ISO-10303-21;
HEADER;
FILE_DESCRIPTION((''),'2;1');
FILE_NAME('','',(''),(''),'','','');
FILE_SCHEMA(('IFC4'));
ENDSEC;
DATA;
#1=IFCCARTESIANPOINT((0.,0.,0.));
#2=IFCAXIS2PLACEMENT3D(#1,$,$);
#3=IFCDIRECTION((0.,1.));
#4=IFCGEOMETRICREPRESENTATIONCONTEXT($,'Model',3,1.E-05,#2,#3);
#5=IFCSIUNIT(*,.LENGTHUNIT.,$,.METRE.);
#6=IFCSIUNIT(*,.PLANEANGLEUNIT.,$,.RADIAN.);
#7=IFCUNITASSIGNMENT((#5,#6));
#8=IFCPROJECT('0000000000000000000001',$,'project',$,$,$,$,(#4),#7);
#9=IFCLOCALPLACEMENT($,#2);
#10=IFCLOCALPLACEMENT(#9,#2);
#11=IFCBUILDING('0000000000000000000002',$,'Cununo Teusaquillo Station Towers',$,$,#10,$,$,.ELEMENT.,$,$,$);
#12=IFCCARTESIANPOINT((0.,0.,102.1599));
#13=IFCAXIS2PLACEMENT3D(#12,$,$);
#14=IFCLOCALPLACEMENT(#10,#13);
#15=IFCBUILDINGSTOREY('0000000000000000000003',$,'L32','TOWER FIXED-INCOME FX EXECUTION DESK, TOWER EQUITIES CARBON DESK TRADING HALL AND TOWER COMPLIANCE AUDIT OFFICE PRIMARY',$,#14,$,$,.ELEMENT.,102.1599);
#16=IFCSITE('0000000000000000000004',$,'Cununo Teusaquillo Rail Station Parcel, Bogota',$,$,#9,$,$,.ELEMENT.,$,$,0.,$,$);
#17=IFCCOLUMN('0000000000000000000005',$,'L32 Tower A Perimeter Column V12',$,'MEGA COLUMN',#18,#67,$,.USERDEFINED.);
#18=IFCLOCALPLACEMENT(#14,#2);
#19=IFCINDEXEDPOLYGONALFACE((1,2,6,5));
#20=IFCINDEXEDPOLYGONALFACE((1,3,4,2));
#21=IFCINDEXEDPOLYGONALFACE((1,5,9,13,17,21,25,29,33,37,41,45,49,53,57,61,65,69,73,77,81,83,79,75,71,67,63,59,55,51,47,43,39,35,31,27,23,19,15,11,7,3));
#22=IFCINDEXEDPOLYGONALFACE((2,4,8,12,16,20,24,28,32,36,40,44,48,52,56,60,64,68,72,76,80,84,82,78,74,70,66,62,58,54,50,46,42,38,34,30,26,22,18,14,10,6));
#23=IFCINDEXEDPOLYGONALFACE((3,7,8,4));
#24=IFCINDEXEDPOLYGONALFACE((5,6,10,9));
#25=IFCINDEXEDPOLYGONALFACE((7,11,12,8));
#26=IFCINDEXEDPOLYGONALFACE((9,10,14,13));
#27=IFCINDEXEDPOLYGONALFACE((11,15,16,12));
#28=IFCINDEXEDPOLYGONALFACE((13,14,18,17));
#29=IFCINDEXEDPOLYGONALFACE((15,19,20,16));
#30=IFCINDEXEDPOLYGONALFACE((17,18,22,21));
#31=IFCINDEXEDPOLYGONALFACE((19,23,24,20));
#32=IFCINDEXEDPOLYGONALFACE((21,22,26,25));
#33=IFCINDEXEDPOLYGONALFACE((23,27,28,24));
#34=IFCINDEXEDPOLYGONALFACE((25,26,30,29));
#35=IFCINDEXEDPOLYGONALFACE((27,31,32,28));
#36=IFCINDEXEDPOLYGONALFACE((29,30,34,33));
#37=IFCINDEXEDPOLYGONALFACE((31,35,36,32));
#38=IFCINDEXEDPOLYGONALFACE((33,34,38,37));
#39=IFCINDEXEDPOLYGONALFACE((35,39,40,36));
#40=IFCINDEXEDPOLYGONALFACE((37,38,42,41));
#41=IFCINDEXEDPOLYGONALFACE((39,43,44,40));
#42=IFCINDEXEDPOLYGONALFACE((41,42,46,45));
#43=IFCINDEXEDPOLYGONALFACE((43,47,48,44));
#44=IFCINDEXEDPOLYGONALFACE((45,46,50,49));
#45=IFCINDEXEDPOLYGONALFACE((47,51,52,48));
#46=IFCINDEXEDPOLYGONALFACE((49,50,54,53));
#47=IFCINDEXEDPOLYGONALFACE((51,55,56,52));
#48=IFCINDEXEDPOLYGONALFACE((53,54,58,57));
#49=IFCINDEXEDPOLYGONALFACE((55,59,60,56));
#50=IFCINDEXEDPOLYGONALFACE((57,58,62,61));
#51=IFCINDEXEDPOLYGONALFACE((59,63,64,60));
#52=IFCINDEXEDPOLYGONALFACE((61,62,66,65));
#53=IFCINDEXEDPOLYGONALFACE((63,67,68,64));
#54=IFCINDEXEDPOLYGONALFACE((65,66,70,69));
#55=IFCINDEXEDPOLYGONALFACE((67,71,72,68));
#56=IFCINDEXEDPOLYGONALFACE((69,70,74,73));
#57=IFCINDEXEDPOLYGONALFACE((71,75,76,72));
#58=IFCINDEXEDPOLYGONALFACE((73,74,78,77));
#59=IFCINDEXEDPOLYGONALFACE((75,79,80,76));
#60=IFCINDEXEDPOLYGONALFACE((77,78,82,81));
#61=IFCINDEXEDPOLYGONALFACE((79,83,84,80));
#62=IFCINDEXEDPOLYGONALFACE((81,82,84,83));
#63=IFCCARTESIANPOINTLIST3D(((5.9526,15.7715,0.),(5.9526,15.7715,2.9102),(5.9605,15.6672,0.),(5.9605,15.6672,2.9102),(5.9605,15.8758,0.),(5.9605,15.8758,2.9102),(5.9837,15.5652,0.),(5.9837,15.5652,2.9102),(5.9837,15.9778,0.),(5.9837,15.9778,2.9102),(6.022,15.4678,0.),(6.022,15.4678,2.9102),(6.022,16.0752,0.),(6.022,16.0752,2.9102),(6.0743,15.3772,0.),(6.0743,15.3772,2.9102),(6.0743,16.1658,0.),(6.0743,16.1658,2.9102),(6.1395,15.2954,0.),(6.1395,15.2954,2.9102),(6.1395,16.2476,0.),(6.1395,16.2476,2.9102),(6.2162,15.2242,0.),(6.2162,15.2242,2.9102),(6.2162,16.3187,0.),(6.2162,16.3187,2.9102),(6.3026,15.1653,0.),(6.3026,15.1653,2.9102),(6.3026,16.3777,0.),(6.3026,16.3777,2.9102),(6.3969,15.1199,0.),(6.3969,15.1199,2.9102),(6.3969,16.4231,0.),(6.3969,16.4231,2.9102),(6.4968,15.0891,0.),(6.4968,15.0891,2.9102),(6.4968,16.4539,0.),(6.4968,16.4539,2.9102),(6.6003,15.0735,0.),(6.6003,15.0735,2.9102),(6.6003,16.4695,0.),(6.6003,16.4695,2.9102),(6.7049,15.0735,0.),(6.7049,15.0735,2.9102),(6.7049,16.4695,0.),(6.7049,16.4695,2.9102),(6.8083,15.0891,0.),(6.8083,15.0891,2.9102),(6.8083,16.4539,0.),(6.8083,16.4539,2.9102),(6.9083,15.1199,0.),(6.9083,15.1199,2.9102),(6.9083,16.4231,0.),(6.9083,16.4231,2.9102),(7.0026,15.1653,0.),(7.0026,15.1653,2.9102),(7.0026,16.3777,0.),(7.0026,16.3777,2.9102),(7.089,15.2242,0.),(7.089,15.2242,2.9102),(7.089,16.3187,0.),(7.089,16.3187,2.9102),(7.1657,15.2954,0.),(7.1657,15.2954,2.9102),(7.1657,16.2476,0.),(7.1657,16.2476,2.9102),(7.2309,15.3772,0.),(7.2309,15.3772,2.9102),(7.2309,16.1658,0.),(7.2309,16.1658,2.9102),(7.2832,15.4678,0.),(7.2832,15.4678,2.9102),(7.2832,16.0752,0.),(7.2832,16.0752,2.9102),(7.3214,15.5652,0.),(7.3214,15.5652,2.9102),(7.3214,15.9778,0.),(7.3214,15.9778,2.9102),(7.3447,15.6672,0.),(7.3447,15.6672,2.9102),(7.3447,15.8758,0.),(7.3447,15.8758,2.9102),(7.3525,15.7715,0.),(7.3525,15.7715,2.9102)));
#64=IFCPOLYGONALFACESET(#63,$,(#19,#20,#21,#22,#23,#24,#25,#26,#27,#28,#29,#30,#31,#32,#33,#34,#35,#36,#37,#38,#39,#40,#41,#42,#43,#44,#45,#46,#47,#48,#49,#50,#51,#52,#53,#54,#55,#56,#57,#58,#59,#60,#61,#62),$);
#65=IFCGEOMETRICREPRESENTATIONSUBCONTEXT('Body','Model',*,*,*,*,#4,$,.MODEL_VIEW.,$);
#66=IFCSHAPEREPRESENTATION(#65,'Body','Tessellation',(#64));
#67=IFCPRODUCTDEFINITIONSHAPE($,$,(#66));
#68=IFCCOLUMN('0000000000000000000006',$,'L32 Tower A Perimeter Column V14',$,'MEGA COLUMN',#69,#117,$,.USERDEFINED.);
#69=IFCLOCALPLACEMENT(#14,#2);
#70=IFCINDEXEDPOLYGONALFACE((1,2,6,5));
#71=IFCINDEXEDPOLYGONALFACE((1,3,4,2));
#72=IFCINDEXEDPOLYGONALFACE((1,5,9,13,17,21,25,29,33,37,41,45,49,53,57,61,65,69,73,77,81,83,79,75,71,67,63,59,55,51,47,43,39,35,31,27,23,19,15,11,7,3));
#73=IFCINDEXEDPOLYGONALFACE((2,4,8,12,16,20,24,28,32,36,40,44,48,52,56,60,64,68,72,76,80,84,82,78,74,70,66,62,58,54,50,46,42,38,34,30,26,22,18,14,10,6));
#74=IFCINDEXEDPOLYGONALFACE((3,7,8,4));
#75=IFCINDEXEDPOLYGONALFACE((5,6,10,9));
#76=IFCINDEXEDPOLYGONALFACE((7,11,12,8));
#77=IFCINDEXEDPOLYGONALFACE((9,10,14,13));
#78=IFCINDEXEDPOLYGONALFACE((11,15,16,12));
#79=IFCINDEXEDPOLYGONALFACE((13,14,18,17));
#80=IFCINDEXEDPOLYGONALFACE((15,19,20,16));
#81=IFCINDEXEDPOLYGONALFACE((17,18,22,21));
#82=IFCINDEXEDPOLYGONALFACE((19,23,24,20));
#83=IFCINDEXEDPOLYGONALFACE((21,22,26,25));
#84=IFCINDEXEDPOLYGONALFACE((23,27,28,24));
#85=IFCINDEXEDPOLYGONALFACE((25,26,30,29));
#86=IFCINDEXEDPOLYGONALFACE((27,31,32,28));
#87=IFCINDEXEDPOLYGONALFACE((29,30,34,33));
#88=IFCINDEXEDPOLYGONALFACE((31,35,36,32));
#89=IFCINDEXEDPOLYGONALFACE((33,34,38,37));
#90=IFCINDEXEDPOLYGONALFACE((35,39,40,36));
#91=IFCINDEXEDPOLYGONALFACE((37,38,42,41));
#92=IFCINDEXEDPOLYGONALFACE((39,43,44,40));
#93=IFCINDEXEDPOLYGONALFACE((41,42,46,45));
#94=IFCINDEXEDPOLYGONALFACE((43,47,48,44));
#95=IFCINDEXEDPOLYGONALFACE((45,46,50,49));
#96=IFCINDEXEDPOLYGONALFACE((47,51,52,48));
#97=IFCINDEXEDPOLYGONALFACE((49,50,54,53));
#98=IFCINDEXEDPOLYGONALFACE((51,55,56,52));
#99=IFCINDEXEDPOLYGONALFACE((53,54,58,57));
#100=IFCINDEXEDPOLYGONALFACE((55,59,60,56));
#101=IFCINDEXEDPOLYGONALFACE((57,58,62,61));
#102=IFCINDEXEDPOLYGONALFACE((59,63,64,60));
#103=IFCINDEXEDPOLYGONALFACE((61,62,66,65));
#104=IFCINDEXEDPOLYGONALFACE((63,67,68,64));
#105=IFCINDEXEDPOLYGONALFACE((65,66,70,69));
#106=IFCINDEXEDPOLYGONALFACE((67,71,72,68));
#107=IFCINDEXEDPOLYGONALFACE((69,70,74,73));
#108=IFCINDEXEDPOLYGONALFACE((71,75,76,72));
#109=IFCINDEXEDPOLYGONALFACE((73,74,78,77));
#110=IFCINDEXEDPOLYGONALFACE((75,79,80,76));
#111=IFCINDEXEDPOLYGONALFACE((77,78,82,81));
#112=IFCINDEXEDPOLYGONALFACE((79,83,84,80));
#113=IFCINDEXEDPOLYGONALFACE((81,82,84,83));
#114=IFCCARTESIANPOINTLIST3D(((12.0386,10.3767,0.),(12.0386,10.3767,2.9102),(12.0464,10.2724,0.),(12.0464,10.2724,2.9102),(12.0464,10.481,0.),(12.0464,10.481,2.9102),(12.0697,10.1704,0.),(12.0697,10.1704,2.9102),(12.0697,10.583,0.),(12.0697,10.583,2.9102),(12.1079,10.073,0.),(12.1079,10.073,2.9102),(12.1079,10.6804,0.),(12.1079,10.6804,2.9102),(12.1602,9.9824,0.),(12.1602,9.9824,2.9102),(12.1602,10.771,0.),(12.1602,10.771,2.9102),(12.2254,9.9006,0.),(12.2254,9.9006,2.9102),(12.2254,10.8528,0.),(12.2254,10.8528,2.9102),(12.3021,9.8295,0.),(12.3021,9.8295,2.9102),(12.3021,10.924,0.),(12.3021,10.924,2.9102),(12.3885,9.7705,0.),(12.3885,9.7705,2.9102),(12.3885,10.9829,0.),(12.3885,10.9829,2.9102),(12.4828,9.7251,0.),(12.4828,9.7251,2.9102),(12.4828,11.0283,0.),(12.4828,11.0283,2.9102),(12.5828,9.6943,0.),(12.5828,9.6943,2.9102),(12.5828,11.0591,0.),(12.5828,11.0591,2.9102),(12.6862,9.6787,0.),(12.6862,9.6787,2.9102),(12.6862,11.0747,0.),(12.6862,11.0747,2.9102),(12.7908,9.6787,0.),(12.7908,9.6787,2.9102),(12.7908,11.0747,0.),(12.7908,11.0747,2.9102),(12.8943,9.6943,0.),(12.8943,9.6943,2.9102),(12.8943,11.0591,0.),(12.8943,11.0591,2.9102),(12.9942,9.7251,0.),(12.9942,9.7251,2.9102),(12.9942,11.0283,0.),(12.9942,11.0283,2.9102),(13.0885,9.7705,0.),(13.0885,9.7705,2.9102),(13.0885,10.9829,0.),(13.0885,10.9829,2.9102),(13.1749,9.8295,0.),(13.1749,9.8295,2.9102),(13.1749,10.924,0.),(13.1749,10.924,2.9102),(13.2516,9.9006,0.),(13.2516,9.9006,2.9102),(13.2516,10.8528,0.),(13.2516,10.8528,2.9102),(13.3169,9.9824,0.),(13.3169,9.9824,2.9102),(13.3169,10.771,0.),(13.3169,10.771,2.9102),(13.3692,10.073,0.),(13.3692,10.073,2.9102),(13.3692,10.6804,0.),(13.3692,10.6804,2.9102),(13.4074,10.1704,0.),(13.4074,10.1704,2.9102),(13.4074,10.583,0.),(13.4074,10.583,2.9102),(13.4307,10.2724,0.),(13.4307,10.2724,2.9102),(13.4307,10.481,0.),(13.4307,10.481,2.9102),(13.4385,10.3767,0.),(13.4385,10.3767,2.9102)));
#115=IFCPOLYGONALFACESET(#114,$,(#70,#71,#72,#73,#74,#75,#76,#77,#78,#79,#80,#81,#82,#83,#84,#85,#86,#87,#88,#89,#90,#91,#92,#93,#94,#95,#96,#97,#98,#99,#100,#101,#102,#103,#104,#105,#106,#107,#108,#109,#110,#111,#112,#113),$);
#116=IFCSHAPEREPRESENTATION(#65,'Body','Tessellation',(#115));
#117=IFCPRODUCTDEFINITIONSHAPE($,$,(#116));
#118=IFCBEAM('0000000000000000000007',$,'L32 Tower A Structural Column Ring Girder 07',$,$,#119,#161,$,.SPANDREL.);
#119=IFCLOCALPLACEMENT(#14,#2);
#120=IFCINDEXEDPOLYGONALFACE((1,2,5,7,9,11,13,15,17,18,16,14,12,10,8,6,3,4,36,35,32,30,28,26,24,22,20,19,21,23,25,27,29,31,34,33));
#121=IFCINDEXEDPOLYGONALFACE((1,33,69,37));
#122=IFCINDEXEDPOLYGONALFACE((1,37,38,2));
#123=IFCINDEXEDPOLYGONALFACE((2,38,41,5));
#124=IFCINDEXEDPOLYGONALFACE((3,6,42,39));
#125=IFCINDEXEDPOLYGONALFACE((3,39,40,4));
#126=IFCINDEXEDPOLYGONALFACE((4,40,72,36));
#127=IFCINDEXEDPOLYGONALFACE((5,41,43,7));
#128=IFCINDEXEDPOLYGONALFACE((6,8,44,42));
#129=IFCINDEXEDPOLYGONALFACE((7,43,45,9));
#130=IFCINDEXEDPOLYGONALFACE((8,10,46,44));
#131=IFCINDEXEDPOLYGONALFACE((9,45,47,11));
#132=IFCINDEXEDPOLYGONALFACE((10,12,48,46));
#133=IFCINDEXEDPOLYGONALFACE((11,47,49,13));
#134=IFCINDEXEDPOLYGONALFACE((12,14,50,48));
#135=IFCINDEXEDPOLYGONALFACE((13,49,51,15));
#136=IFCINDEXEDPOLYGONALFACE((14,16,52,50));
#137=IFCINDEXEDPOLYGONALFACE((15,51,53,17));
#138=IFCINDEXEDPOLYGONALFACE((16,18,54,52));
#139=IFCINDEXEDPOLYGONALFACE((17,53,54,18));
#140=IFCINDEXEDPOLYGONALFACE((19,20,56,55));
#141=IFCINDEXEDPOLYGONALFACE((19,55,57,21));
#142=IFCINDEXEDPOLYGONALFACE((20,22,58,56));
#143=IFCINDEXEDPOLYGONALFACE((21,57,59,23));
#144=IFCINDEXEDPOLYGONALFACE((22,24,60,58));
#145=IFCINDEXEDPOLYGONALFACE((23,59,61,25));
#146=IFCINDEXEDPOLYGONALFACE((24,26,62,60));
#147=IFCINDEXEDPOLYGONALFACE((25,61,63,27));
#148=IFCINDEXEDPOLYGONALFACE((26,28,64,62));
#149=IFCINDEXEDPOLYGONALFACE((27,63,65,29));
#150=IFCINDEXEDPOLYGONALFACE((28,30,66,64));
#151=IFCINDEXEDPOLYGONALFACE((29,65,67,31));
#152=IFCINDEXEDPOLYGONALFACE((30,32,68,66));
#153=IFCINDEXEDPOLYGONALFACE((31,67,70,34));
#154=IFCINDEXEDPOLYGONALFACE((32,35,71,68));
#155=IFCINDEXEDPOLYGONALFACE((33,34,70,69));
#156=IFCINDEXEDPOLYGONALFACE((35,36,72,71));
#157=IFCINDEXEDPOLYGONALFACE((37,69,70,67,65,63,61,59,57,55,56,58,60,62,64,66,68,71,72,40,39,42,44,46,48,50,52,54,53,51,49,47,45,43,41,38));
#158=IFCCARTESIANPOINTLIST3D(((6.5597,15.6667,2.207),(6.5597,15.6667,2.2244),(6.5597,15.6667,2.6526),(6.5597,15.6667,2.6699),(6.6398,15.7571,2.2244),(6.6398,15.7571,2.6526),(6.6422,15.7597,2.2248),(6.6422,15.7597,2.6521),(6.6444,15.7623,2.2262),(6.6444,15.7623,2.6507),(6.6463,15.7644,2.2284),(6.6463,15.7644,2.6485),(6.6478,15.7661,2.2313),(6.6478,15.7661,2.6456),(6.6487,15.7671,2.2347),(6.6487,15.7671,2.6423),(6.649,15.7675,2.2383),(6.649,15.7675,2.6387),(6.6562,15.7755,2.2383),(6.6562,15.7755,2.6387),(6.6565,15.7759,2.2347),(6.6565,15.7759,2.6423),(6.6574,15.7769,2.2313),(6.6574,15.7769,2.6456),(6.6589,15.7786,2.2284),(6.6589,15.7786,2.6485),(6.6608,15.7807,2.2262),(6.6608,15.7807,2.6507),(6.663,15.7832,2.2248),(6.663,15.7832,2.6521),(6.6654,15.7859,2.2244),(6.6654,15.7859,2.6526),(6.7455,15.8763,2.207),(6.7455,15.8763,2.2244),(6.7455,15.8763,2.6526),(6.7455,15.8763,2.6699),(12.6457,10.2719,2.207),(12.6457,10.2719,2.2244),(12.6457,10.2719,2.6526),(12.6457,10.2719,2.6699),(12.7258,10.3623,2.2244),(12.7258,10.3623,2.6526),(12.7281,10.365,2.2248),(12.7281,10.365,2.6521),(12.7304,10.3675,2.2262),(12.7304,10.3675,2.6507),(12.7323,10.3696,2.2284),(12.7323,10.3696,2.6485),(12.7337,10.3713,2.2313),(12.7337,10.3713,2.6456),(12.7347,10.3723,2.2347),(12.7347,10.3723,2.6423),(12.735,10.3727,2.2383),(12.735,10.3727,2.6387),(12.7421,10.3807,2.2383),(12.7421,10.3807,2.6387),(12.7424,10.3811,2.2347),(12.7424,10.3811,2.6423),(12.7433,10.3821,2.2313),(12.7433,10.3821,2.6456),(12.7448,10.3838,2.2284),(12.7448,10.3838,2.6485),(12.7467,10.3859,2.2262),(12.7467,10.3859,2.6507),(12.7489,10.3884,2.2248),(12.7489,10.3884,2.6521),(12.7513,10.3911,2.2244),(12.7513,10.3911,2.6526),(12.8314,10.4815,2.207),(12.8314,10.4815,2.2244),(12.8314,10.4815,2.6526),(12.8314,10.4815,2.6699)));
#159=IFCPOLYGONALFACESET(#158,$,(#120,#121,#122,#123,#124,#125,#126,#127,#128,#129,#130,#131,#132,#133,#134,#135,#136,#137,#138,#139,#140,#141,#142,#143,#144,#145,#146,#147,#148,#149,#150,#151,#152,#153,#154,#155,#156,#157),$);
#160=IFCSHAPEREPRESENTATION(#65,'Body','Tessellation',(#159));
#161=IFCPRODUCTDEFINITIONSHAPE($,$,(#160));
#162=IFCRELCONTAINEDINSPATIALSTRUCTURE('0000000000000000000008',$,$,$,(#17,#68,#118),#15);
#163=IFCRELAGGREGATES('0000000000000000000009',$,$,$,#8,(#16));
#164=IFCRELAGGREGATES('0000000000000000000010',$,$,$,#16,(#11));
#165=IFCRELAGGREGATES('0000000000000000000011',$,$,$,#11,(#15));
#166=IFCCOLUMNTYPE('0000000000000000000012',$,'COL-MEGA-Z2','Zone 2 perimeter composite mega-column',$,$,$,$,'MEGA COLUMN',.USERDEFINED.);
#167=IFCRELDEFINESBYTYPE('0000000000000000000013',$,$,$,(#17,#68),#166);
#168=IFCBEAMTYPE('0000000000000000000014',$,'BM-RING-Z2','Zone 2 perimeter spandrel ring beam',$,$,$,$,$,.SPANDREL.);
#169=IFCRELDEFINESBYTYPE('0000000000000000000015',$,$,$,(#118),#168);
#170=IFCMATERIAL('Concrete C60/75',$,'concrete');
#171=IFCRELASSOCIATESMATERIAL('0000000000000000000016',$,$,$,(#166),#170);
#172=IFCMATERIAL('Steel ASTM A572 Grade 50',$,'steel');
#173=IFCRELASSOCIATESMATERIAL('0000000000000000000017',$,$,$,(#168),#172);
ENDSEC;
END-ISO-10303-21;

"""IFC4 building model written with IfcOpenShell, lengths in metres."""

from ifc_helpers import new_model, si_unit, direction, frame, origin, origin_2d, place, context, subcontext, project, spatial, circle, i_section, extrude, material, material_profile, profile_set, type_object, element, save


model = new_model("IFC4")

# Units and contexts
model_context = context("Model", 3, precision=1e-05, world=origin(), true_north=direction((0.0, 1.0)))
body_context = subcontext(model_context, "Body", "Model", "MODEL_VIEW")
ifc_project = project(units=[si_unit("LENGTHUNIT", "METRE"), si_unit("PLANEANGLEUNIT", "RADIAN")], contexts=[model_context])

# Site, building, storey
site_placement = place(None, origin())
site = spatial("IfcSite", under=ifc_project, at=site_placement, Name="Cununo Teusaquillo Rail Station Parcel, Bogota", CompositionType="ELEMENT", RefElevation=0.0)
building_placement = place(site_placement, origin())
building = spatial("IfcBuilding", under=site, at=building_placement, Name="Cununo Teusaquillo Station Towers", CompositionType="ELEMENT")
storey_placement = place(building_placement, frame((0.0, 0.0, 102.1599)))
storey = spatial("IfcBuildingStorey", under=building, at=storey_placement, Name="L32", Description="TOWER FIXED-INCOME FX EXECUTION DESK, TOWER EQUITIES CARBON DESK TRADING HALL AND TOWER COMPLIANCE AUDIT OFFICE PRIMARY", CompositionType="ELEMENT", Elevation=102.1599)

# Columns
ifc_material_1 = material(Name="Concrete C60/75", Category="concrete")
ifc_material_profile_1 = material_profile(ifc_material_1, circle(Radius=0.7, at=origin_2d()), Name="RC-CIRC-1400")
ifc_profile_set_1 = profile_set([ifc_material_profile_1], Name="Concrete C60/75")
column_type = type_object("IfcColumnType", Name="COL-MEGA-Z2", Description="Zone 2 perimeter composite mega-column", ElementType="MEGA COLUMN", PredefinedType="USERDEFINED", material=ifc_profile_set_1)
for number, where, z_axis, x_axis, name in (
    (1, (6.6526, 15.7715, 0.0), (0.0, 0.0, 1.0), (1.0, 0.0, 0.0), "L32 Tower A Perimeter Column V12"),
    (2, (12.7385, 10.3767, 0.0), (0.0, 0.0, 1.0), (1.0, 0.0, 0.0), "L32 Tower A Perimeter Column V14"),
):
    element("IfcColumn", number, at=place(storey_placement, frame(where, z_axis=z_axis, x_axis=x_axis)), inside=storey, type_object=column_type, Name=name, ObjectType="MEGA COLUMN", PredefinedType="USERDEFINED", context=body_context, shape_type="SweptSolid", body=[
        extrude(circle(Radius=0.7, at=origin_2d()), origin(), (0.0, 0.0, 1.0), 2.9102),
    ])

# Beam
ifc_material_2 = material(Name="Steel ASTM A572 Grade 50", Category="steel")
ifc_material_profile_2 = material_profile(ifc_material_2, i_section(OverallWidth=0.28, OverallDepth=0.4629, WebThickness=0.0107, FlangeThickness=0.0173, FilletRadius=0.0139, at=origin_2d()), Name="W18X76")
ifc_profile_set_2 = profile_set([ifc_material_profile_2], Name="Steel ASTM A572 Grade 50")
beam_type = type_object("IfcBeamType", Name="BM-RING-Z2", Description="Zone 2 perimeter spandrel ring beam", PredefinedType="SPANDREL", material=ifc_profile_set_2)
beam_1_placement = place(storey_placement, frame((6.6526, 15.7715, 2.4385), z_axis=(0.748321, -0.663337, 0.0), x_axis=(0.663337, 0.748321, 0.0)))
element("IfcBeam", 3, at=beam_1_placement, inside=storey, type_object=beam_type, Name="L32 Tower A Structural Column Ring Girder 07", PredefinedType="SPANDREL", context=body_context, shape_type="SweptSolid", body=[
    extrude(i_section(OverallWidth=0.28, OverallDepth=0.4629, WebThickness=0.0107, FlangeThickness=0.0173, FilletRadius=0.0139, at=origin_2d()), origin(), (0.0, 0.0, 1.0), 8.1328),
])

save(model, "model.ifc")
